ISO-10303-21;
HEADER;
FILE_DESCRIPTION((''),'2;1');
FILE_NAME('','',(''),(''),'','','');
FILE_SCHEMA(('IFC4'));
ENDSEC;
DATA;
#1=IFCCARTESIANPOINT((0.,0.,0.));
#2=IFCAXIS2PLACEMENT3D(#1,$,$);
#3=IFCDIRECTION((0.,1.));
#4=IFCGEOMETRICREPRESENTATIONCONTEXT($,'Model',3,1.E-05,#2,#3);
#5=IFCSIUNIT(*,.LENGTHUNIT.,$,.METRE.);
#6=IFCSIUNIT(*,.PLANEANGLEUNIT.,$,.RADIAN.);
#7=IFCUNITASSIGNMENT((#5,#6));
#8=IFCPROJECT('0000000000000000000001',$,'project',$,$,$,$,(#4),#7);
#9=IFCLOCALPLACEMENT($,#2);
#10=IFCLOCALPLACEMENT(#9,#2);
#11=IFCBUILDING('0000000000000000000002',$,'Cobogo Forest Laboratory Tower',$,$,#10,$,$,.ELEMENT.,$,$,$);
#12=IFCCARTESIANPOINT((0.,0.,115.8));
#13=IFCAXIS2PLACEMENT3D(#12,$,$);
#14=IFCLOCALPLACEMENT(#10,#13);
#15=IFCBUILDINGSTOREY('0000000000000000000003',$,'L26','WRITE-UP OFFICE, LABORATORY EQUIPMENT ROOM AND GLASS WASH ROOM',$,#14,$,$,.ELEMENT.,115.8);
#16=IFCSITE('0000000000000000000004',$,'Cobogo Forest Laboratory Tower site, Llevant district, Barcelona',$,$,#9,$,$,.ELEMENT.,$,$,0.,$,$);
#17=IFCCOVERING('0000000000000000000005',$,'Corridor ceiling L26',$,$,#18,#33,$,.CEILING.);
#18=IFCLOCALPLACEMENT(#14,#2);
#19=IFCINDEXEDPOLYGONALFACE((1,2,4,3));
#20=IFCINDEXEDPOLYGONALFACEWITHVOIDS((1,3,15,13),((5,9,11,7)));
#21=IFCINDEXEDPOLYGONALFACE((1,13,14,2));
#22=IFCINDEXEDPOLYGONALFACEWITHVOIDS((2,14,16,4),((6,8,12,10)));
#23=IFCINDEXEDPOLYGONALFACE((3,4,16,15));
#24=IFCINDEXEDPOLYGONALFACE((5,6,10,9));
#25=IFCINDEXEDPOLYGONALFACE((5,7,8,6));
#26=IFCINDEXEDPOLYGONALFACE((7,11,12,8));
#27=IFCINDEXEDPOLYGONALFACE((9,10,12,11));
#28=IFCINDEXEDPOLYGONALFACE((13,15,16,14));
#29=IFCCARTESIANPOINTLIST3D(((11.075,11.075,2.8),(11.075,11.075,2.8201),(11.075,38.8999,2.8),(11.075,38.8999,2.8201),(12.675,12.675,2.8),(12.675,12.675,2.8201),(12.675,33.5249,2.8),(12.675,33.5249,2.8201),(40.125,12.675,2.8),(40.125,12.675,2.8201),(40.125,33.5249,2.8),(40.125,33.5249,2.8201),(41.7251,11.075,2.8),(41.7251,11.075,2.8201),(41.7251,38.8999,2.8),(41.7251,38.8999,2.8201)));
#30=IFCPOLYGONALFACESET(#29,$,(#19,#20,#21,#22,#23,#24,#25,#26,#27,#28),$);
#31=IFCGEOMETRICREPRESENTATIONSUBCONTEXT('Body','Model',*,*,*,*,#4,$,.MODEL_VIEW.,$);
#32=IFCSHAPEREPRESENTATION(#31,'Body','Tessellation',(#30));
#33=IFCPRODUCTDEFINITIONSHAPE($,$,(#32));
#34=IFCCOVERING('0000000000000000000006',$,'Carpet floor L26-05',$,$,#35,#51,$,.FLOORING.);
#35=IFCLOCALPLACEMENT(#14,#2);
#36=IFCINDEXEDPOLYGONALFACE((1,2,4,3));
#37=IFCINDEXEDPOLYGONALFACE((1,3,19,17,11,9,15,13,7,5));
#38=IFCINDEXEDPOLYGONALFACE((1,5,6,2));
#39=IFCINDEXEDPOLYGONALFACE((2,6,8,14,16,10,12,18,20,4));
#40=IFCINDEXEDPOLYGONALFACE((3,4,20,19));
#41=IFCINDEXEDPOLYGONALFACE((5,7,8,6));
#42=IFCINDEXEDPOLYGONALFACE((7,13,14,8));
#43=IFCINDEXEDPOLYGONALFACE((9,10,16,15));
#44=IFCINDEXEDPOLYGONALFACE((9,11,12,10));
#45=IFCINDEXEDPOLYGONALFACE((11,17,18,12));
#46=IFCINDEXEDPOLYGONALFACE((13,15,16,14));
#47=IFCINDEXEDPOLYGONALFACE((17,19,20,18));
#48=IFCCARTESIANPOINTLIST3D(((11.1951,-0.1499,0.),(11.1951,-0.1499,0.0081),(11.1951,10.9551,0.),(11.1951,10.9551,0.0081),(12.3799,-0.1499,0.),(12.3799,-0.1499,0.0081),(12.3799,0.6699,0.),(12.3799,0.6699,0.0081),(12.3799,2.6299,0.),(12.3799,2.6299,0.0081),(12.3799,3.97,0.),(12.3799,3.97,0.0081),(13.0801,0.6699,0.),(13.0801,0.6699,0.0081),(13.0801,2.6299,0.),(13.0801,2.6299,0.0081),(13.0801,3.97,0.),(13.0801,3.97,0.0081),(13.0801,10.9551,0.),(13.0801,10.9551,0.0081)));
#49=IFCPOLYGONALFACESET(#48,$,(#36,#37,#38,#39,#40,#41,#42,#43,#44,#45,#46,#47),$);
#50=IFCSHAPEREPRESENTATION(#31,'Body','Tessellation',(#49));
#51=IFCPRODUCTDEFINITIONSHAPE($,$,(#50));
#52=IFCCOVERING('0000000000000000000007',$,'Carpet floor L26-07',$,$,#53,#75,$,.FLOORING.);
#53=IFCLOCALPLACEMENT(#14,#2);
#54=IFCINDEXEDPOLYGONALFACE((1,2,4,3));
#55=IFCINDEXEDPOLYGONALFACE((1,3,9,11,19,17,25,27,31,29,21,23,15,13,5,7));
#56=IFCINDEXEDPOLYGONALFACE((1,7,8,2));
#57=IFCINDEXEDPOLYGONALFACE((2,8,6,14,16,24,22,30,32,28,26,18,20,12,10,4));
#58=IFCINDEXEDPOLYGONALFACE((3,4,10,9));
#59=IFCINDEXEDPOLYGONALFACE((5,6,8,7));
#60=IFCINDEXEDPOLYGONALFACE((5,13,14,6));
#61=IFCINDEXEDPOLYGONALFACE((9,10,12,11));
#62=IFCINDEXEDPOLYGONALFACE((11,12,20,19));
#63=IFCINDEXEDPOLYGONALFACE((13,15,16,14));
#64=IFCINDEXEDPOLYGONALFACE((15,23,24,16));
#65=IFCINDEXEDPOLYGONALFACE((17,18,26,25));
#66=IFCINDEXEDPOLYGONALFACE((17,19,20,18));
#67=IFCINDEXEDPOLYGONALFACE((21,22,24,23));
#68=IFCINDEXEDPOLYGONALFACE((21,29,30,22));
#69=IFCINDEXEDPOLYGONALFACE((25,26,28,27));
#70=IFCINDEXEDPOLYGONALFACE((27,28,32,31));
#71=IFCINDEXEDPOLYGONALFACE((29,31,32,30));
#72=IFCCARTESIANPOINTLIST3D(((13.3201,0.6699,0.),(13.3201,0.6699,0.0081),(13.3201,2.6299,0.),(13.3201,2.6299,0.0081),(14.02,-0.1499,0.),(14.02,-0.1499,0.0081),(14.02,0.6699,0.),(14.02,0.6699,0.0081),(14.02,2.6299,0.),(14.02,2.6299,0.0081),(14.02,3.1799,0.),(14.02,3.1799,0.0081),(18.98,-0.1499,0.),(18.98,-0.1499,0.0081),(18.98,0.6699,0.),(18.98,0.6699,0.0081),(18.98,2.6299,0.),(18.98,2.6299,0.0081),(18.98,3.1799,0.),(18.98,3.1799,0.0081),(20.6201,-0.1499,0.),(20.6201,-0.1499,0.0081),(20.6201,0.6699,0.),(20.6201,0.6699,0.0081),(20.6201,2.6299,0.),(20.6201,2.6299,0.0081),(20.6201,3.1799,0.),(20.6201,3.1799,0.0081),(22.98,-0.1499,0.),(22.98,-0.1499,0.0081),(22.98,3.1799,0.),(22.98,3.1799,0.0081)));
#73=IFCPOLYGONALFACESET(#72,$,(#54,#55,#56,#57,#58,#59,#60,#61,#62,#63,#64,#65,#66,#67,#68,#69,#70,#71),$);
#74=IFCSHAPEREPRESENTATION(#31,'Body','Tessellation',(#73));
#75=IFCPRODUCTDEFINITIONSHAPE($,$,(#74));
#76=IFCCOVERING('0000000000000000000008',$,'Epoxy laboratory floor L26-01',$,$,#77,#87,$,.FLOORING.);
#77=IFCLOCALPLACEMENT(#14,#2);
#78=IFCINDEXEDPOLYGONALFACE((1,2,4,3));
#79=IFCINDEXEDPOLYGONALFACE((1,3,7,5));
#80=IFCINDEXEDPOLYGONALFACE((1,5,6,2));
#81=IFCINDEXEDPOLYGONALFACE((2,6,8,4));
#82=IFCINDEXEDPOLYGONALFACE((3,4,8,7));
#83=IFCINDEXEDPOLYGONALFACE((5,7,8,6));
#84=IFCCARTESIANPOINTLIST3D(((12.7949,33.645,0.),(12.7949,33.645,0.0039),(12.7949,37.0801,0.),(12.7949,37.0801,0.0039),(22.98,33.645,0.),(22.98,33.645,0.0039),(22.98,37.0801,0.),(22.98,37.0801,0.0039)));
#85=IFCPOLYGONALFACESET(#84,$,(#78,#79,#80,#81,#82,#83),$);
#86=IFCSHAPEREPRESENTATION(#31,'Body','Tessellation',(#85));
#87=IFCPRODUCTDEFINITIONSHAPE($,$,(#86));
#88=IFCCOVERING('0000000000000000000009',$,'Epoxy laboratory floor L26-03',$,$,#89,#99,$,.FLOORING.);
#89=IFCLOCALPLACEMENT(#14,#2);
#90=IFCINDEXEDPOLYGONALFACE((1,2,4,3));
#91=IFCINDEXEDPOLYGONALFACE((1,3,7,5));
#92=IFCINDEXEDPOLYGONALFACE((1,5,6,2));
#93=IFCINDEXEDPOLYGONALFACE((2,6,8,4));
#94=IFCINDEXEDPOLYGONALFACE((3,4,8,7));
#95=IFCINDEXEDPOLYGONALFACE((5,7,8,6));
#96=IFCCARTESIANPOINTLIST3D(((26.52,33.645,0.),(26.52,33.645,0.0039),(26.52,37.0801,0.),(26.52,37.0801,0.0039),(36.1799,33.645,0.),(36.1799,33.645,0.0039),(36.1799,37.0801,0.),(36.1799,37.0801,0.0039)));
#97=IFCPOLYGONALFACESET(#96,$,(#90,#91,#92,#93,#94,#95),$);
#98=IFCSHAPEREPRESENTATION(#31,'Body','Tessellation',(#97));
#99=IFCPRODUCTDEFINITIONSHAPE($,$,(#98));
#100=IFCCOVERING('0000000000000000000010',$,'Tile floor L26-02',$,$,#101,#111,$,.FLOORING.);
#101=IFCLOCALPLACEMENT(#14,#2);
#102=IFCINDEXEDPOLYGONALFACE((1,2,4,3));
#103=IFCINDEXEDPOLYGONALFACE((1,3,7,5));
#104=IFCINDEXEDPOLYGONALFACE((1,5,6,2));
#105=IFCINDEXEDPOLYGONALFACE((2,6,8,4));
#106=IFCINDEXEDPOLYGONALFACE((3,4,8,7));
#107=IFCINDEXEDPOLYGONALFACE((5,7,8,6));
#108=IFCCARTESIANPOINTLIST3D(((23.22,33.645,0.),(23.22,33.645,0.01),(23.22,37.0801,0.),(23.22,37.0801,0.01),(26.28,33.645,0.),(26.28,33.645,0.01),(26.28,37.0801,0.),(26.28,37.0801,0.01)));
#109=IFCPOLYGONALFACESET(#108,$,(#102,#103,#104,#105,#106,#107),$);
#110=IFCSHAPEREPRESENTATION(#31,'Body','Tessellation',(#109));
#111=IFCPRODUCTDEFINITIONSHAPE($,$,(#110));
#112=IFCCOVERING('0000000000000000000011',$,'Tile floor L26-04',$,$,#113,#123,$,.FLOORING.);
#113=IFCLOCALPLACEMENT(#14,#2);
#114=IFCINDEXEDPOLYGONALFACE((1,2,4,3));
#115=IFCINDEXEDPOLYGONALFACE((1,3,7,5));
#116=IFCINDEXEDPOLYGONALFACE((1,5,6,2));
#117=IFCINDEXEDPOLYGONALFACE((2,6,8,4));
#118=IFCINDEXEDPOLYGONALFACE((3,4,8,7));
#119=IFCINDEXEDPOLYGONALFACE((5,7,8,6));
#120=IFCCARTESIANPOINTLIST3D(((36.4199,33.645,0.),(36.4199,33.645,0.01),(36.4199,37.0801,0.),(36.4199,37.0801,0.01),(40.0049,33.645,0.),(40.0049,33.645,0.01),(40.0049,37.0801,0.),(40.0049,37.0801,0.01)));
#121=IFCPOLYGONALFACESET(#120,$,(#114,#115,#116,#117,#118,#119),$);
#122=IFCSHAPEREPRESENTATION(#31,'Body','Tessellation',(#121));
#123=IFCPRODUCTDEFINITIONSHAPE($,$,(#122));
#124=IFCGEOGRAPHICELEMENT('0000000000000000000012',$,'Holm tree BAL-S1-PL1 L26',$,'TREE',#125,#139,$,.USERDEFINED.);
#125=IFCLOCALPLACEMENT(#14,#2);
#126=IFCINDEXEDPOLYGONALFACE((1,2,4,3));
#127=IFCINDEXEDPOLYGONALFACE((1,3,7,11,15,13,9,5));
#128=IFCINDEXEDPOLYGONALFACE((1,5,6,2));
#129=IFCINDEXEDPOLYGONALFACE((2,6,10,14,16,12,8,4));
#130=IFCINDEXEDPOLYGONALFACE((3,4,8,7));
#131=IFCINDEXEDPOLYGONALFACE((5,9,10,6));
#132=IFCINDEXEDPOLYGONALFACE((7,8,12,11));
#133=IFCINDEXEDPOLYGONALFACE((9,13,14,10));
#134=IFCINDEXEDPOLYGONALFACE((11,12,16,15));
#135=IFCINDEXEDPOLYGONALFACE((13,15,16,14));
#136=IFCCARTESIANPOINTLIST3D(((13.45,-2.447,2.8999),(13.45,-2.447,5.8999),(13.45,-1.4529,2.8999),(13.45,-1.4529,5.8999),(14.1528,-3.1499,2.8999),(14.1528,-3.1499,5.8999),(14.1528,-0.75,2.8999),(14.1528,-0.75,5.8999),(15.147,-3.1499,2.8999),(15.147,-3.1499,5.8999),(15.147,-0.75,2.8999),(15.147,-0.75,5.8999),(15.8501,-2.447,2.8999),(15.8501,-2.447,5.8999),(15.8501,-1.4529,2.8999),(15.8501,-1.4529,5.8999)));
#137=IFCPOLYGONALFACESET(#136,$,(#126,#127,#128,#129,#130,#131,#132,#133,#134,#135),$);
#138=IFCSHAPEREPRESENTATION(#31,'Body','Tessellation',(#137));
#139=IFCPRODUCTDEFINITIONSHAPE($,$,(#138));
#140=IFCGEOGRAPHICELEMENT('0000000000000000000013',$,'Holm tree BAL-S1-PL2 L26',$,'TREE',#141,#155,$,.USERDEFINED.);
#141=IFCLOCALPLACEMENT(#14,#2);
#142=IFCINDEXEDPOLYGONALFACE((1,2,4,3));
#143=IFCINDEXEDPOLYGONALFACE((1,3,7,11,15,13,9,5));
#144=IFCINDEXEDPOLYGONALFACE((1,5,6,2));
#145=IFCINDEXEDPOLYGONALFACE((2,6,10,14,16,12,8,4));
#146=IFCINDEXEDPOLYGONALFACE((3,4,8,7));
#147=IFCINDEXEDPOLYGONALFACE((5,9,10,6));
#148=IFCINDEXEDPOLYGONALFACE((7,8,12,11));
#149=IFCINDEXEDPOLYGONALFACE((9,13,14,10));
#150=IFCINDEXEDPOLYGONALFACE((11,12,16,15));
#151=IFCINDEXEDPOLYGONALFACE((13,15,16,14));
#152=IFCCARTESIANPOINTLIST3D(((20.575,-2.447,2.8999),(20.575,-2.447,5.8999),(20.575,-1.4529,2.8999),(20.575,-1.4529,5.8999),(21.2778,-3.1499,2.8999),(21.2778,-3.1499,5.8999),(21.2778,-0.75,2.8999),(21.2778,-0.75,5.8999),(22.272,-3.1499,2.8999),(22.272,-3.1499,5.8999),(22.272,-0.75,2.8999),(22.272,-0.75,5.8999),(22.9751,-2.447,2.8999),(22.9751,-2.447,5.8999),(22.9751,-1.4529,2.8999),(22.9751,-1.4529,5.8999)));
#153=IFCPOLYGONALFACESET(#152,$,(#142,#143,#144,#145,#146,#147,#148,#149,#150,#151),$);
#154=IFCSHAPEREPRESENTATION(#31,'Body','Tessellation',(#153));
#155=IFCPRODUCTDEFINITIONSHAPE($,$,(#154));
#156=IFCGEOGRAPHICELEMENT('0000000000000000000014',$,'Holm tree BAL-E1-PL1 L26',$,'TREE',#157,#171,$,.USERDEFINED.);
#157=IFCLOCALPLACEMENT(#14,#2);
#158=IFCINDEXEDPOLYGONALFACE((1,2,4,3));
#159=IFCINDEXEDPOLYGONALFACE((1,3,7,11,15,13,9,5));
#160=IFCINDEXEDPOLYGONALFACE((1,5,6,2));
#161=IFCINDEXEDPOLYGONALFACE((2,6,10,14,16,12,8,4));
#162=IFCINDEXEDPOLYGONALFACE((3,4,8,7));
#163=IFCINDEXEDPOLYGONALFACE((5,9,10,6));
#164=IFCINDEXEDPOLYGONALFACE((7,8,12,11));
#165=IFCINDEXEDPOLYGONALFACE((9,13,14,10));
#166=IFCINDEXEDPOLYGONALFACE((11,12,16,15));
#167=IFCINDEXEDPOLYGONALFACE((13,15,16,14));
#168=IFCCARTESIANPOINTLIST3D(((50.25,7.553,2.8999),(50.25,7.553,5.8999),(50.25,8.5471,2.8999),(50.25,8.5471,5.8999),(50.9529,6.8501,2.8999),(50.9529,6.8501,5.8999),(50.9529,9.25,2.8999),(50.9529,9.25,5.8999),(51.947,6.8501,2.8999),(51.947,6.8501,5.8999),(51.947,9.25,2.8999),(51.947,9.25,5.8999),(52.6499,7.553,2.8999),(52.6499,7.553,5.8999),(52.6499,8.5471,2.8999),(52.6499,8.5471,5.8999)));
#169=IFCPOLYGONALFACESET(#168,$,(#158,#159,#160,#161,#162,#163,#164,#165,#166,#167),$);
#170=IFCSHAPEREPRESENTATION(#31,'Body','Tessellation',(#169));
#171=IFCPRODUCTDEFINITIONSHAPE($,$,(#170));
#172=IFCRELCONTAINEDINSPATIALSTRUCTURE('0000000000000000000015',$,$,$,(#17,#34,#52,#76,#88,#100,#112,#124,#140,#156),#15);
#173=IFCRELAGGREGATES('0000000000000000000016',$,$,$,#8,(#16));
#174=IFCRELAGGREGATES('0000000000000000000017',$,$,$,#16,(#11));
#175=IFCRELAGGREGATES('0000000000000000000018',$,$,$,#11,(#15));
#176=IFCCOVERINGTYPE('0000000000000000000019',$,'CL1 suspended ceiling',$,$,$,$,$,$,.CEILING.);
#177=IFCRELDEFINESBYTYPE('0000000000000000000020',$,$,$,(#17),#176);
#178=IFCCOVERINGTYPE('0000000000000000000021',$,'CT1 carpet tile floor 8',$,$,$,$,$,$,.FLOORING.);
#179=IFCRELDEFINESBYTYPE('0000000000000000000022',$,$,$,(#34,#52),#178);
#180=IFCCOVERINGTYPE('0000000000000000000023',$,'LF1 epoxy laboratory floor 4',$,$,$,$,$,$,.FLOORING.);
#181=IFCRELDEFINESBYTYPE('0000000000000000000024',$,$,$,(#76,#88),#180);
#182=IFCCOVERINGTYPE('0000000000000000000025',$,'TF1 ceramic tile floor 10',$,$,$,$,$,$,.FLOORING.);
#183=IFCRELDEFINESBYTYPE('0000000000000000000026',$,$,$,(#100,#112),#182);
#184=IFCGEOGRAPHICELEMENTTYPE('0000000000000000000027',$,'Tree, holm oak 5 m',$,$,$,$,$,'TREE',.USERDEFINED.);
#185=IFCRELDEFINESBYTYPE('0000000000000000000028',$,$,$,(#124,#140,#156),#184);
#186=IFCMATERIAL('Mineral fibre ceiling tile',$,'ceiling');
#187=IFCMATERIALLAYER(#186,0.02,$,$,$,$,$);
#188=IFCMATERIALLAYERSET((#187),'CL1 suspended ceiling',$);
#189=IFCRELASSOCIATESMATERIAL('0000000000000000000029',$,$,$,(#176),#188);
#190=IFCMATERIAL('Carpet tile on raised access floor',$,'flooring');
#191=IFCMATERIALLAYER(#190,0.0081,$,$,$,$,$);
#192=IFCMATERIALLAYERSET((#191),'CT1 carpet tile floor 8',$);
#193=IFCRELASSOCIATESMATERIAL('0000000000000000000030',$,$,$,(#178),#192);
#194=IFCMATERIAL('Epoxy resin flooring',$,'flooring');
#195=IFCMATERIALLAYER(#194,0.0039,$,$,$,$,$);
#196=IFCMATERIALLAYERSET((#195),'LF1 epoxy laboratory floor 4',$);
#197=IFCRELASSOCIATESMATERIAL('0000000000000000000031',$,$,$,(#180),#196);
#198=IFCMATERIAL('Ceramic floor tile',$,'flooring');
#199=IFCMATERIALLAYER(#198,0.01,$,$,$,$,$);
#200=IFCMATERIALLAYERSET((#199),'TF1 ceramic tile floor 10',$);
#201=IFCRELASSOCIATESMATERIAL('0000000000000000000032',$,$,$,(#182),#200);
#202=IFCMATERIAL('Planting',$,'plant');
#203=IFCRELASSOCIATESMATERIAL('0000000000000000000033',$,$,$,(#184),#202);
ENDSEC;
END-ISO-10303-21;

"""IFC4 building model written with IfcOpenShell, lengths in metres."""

from ifc_helpers import new_model, si_unit, direction, frame, origin, place, context, subcontext, project, spatial, polyline, outline, extrude, material, layer, layer_set, type_object, element, save


model = new_model("IFC4")

# Units and contexts
model_context = context("Model", 3, precision=1e-05, world=origin(), true_north=direction((0.0, 1.0)))
body_context = subcontext(model_context, "Body", "Model", "MODEL_VIEW")
ifc_project = project(units=[si_unit("LENGTHUNIT", "METRE"), si_unit("PLANEANGLEUNIT", "RADIAN")], contexts=[model_context])

# Site, building, storey
site_placement = place(None, origin())
site = spatial("IfcSite", under=ifc_project, at=site_placement, Name="Cobogo Forest Laboratory Tower site, Llevant district, Barcelona", CompositionType="ELEMENT", RefElevation=0.0)
building_placement = place(site_placement, origin())
building = spatial("IfcBuilding", under=site, at=building_placement, Name="Cobogo Forest Laboratory Tower", CompositionType="ELEMENT")
storey_placement = place(building_placement, frame((0.0, 0.0, 115.8)))
storey = spatial("IfcBuildingStorey", under=building, at=storey_placement, Name="L26", Description="WRITE-UP OFFICE, LABORATORY EQUIPMENT ROOM AND GLASS WASH ROOM", CompositionType="ELEMENT", Elevation=115.8)

# Coverings
ifc_material_1 = material(Name="Mineral fibre ceiling tile", Category="ceiling")
ifc_layer_1 = layer(ifc_material_1, 0.02)
ifc_layer_set_1 = layer_set([ifc_layer_1], Name="CL1 suspended ceiling")
covering_type_1 = type_object("IfcCoveringType", Name="CL1 suspended ceiling", PredefinedType="CEILING", material=ifc_layer_set_1)
covering_1_placement = place(storey_placement, frame((0.0, 0.0, 2.8)))
element("IfcCovering", 1, at=covering_1_placement, inside=storey, type_object=covering_type_1, Name="Corridor ceiling L26", PredefinedType="CEILING", context=body_context, shape_type="SweptSolid", body=[
    extrude(outline(polyline([(11.075, 11.075), (11.075, 38.8999), (41.7251, 38.8999), (41.7251, 11.075), (11.075, 11.075)]), holes=[polyline([(40.125, 33.5249), (12.675, 33.5249), (12.675, 12.675), (40.125, 12.675), (40.125, 33.5249)])]), origin(), (0.0, 0.0, 1.0), 0.02),
])
ifc_material_2 = material(Name="Carpet tile on raised access floor", Category="flooring")
ifc_layer_2 = layer(ifc_material_2, 0.0081)
ifc_layer_set_2 = layer_set([ifc_layer_2], Name="CT1 carpet tile floor 8")
covering_type_2 = type_object("IfcCoveringType", Name="CT1 carpet tile floor 8", PredefinedType="FLOORING", material=ifc_layer_set_2)
covering_2_placement = place(storey_placement, origin())
element("IfcCovering", 2, at=covering_2_placement, inside=storey, type_object=covering_type_2, Name="Carpet floor L26-05", PredefinedType="FLOORING", context=body_context, shape_type="SweptSolid", body=[
    extrude(outline(polyline([(13.0801, 10.9551), (13.0801, 3.97), (12.3799, 3.97), (12.3799, 2.6299), (13.0801, 2.6299), (13.0801, 0.6699), (12.3799, 0.6699), (12.3799, -0.1499), (11.1951, -0.1499), (11.1951, 10.9551), (13.0801, 10.9551)])), origin(), (0.0, 0.0, 1.0), 0.0081),
])
covering_3_placement = place(storey_placement, origin())
element("IfcCovering", 3, at=covering_3_placement, inside=storey, type_object=covering_type_2, Name="Carpet floor L26-07", PredefinedType="FLOORING", context=body_context, shape_type="SweptSolid", body=[
    extrude(outline(polyline([(18.98, 3.1799), (18.98, 2.6299), (20.6201, 2.6299), (20.6201, 3.1799), (22.98, 3.1799), (22.98, -0.1499), (20.6201, -0.1499), (20.6201, 0.6699), (18.98, 0.6699), (18.98, -0.1499), (14.02, -0.1499), (14.02, 0.6699), (13.3201, 0.6699), (13.3201, 2.6299), (14.02, 2.6299), (14.02, 3.1799), (18.98, 3.1799)])), origin(), (0.0, 0.0, 1.0), 0.0081),
])
ifc_material_3 = material(Name="Epoxy resin flooring", Category="flooring")
ifc_layer_3 = layer(ifc_material_3, 0.0039)
ifc_layer_set_3 = layer_set([ifc_layer_3], Name="LF1 epoxy laboratory floor 4")
covering_type_3 = type_object("IfcCoveringType", Name="LF1 epoxy laboratory floor 4", PredefinedType="FLOORING", material=ifc_layer_set_3)
covering_4_placement = place(storey_placement, origin())
element("IfcCovering", 4, at=covering_4_placement, inside=storey, type_object=covering_type_3, Name="Epoxy laboratory floor L26-01", PredefinedType="FLOORING", context=body_context, shape_type="SweptSolid", body=[
    extrude(outline(polyline([(22.98, 33.645), (12.7949, 33.645), (12.7949, 37.0801), (22.98, 37.0801), (22.98, 33.645)])), origin(), (0.0, 0.0, 1.0), 0.0039),
])
covering_5_placement = place(storey_placement, origin())
element("IfcCovering", 5, at=covering_5_placement, inside=storey, type_object=covering_type_3, Name="Epoxy laboratory floor L26-03", PredefinedType="FLOORING", context=body_context, shape_type="SweptSolid", body=[
    extrude(outline(polyline([(36.1799, 33.645), (26.52, 33.645), (26.52, 37.0801), (36.1799, 37.0801), (36.1799, 33.645)])), origin(), (0.0, 0.0, 1.0), 0.0039),
])
ifc_material_4 = material(Name="Ceramic floor tile", Category="flooring")
ifc_layer_4 = layer(ifc_material_4, 0.01)
ifc_layer_set_4 = layer_set([ifc_layer_4], Name="TF1 ceramic tile floor 10")
covering_type_4 = type_object("IfcCoveringType", Name="TF1 ceramic tile floor 10", PredefinedType="FLOORING", material=ifc_layer_set_4)
covering_6_placement = place(storey_placement, origin())
element("IfcCovering", 6, at=covering_6_placement, inside=storey, type_object=covering_type_4, Name="Tile floor L26-02", PredefinedType="FLOORING", context=body_context, shape_type="SweptSolid", body=[
    extrude(outline(polyline([(26.28, 33.645), (23.22, 33.645), (23.22, 37.0801), (26.28, 37.0801), (26.28, 33.645)])), origin(), (0.0, 0.0, 1.0), 0.01),
])
covering_7_placement = place(storey_placement, origin())
element("IfcCovering", 7, at=covering_7_placement, inside=storey, type_object=covering_type_4, Name="Tile floor L26-04", PredefinedType="FLOORING", context=body_context, shape_type="SweptSolid", body=[
    extrude(outline(polyline([(40.0049, 33.645), (36.4199, 33.645), (36.4199, 37.0801), (40.0049, 37.0801), (40.0049, 33.645)])), origin(), (0.0, 0.0, 1.0), 0.01),
])

# Geographic elements
ifc_material_5 = material(Name="Planting", Category="plant")
geographic_element_type = type_object("IfcGeographicElementType", Name="Tree, holm oak 5 m", ElementType="TREE", PredefinedType="USERDEFINED", material=ifc_material_5)
geographic_element_1_placement = place(storey_placement, frame((0.0, 0.0, 2.8999)))
element("IfcGeographicElement", 8, at=geographic_element_1_placement, inside=storey, type_object=geographic_element_type, Name="Holm tree BAL-S1-PL1 L26", ObjectType="TREE", PredefinedType="USERDEFINED", context=body_context, shape_type="SweptSolid", body=[
    extrude(outline(polyline([(15.8501, -2.447), (15.8501, -1.4529), (15.147, -0.75), (14.1528, -0.75), (13.45, -1.4529), (13.45, -2.447), (14.1528, -3.1499), (15.147, -3.1499), (15.8501, -2.447)])), origin(), (0.0, 0.0, 1.0), 3.0),
])
geographic_element_2_placement = place(storey_placement, frame((0.0, 0.0, 2.8999)))
element("IfcGeographicElement", 9, at=geographic_element_2_placement, inside=storey, type_object=geographic_element_type, Name="Holm tree BAL-S1-PL2 L26", ObjectType="TREE", PredefinedType="USERDEFINED", context=body_context, shape_type="SweptSolid", body=[
    extrude(outline(polyline([(22.9751, -2.447), (22.9751, -1.4529), (22.272, -0.75), (21.2778, -0.75), (20.575, -1.4529), (20.575, -2.447), (21.2778, -3.1499), (22.272, -3.1499), (22.9751, -2.447)])), origin(), (0.0, 0.0, 1.0), 3.0),
])
geographic_element_3_placement = place(storey_placement, frame((0.0, 0.0, 2.8999)))
element("IfcGeographicElement", 10, at=geographic_element_3_placement, inside=storey, type_object=geographic_element_type, Name="Holm tree BAL-E1-PL1 L26", ObjectType="TREE", PredefinedType="USERDEFINED", context=body_context, shape_type="SweptSolid", body=[
    extrude(outline(polyline([(52.6499, 7.553), (52.6499, 8.5471), (51.947, 9.25), (50.9529, 9.25), (50.25, 8.5471), (50.25, 7.553), (50.9529, 6.8501), (51.947, 6.8501), (52.6499, 7.553)])), origin(), (0.0, 0.0, 1.0), 3.0),
])

save(model, "model.ifc")
